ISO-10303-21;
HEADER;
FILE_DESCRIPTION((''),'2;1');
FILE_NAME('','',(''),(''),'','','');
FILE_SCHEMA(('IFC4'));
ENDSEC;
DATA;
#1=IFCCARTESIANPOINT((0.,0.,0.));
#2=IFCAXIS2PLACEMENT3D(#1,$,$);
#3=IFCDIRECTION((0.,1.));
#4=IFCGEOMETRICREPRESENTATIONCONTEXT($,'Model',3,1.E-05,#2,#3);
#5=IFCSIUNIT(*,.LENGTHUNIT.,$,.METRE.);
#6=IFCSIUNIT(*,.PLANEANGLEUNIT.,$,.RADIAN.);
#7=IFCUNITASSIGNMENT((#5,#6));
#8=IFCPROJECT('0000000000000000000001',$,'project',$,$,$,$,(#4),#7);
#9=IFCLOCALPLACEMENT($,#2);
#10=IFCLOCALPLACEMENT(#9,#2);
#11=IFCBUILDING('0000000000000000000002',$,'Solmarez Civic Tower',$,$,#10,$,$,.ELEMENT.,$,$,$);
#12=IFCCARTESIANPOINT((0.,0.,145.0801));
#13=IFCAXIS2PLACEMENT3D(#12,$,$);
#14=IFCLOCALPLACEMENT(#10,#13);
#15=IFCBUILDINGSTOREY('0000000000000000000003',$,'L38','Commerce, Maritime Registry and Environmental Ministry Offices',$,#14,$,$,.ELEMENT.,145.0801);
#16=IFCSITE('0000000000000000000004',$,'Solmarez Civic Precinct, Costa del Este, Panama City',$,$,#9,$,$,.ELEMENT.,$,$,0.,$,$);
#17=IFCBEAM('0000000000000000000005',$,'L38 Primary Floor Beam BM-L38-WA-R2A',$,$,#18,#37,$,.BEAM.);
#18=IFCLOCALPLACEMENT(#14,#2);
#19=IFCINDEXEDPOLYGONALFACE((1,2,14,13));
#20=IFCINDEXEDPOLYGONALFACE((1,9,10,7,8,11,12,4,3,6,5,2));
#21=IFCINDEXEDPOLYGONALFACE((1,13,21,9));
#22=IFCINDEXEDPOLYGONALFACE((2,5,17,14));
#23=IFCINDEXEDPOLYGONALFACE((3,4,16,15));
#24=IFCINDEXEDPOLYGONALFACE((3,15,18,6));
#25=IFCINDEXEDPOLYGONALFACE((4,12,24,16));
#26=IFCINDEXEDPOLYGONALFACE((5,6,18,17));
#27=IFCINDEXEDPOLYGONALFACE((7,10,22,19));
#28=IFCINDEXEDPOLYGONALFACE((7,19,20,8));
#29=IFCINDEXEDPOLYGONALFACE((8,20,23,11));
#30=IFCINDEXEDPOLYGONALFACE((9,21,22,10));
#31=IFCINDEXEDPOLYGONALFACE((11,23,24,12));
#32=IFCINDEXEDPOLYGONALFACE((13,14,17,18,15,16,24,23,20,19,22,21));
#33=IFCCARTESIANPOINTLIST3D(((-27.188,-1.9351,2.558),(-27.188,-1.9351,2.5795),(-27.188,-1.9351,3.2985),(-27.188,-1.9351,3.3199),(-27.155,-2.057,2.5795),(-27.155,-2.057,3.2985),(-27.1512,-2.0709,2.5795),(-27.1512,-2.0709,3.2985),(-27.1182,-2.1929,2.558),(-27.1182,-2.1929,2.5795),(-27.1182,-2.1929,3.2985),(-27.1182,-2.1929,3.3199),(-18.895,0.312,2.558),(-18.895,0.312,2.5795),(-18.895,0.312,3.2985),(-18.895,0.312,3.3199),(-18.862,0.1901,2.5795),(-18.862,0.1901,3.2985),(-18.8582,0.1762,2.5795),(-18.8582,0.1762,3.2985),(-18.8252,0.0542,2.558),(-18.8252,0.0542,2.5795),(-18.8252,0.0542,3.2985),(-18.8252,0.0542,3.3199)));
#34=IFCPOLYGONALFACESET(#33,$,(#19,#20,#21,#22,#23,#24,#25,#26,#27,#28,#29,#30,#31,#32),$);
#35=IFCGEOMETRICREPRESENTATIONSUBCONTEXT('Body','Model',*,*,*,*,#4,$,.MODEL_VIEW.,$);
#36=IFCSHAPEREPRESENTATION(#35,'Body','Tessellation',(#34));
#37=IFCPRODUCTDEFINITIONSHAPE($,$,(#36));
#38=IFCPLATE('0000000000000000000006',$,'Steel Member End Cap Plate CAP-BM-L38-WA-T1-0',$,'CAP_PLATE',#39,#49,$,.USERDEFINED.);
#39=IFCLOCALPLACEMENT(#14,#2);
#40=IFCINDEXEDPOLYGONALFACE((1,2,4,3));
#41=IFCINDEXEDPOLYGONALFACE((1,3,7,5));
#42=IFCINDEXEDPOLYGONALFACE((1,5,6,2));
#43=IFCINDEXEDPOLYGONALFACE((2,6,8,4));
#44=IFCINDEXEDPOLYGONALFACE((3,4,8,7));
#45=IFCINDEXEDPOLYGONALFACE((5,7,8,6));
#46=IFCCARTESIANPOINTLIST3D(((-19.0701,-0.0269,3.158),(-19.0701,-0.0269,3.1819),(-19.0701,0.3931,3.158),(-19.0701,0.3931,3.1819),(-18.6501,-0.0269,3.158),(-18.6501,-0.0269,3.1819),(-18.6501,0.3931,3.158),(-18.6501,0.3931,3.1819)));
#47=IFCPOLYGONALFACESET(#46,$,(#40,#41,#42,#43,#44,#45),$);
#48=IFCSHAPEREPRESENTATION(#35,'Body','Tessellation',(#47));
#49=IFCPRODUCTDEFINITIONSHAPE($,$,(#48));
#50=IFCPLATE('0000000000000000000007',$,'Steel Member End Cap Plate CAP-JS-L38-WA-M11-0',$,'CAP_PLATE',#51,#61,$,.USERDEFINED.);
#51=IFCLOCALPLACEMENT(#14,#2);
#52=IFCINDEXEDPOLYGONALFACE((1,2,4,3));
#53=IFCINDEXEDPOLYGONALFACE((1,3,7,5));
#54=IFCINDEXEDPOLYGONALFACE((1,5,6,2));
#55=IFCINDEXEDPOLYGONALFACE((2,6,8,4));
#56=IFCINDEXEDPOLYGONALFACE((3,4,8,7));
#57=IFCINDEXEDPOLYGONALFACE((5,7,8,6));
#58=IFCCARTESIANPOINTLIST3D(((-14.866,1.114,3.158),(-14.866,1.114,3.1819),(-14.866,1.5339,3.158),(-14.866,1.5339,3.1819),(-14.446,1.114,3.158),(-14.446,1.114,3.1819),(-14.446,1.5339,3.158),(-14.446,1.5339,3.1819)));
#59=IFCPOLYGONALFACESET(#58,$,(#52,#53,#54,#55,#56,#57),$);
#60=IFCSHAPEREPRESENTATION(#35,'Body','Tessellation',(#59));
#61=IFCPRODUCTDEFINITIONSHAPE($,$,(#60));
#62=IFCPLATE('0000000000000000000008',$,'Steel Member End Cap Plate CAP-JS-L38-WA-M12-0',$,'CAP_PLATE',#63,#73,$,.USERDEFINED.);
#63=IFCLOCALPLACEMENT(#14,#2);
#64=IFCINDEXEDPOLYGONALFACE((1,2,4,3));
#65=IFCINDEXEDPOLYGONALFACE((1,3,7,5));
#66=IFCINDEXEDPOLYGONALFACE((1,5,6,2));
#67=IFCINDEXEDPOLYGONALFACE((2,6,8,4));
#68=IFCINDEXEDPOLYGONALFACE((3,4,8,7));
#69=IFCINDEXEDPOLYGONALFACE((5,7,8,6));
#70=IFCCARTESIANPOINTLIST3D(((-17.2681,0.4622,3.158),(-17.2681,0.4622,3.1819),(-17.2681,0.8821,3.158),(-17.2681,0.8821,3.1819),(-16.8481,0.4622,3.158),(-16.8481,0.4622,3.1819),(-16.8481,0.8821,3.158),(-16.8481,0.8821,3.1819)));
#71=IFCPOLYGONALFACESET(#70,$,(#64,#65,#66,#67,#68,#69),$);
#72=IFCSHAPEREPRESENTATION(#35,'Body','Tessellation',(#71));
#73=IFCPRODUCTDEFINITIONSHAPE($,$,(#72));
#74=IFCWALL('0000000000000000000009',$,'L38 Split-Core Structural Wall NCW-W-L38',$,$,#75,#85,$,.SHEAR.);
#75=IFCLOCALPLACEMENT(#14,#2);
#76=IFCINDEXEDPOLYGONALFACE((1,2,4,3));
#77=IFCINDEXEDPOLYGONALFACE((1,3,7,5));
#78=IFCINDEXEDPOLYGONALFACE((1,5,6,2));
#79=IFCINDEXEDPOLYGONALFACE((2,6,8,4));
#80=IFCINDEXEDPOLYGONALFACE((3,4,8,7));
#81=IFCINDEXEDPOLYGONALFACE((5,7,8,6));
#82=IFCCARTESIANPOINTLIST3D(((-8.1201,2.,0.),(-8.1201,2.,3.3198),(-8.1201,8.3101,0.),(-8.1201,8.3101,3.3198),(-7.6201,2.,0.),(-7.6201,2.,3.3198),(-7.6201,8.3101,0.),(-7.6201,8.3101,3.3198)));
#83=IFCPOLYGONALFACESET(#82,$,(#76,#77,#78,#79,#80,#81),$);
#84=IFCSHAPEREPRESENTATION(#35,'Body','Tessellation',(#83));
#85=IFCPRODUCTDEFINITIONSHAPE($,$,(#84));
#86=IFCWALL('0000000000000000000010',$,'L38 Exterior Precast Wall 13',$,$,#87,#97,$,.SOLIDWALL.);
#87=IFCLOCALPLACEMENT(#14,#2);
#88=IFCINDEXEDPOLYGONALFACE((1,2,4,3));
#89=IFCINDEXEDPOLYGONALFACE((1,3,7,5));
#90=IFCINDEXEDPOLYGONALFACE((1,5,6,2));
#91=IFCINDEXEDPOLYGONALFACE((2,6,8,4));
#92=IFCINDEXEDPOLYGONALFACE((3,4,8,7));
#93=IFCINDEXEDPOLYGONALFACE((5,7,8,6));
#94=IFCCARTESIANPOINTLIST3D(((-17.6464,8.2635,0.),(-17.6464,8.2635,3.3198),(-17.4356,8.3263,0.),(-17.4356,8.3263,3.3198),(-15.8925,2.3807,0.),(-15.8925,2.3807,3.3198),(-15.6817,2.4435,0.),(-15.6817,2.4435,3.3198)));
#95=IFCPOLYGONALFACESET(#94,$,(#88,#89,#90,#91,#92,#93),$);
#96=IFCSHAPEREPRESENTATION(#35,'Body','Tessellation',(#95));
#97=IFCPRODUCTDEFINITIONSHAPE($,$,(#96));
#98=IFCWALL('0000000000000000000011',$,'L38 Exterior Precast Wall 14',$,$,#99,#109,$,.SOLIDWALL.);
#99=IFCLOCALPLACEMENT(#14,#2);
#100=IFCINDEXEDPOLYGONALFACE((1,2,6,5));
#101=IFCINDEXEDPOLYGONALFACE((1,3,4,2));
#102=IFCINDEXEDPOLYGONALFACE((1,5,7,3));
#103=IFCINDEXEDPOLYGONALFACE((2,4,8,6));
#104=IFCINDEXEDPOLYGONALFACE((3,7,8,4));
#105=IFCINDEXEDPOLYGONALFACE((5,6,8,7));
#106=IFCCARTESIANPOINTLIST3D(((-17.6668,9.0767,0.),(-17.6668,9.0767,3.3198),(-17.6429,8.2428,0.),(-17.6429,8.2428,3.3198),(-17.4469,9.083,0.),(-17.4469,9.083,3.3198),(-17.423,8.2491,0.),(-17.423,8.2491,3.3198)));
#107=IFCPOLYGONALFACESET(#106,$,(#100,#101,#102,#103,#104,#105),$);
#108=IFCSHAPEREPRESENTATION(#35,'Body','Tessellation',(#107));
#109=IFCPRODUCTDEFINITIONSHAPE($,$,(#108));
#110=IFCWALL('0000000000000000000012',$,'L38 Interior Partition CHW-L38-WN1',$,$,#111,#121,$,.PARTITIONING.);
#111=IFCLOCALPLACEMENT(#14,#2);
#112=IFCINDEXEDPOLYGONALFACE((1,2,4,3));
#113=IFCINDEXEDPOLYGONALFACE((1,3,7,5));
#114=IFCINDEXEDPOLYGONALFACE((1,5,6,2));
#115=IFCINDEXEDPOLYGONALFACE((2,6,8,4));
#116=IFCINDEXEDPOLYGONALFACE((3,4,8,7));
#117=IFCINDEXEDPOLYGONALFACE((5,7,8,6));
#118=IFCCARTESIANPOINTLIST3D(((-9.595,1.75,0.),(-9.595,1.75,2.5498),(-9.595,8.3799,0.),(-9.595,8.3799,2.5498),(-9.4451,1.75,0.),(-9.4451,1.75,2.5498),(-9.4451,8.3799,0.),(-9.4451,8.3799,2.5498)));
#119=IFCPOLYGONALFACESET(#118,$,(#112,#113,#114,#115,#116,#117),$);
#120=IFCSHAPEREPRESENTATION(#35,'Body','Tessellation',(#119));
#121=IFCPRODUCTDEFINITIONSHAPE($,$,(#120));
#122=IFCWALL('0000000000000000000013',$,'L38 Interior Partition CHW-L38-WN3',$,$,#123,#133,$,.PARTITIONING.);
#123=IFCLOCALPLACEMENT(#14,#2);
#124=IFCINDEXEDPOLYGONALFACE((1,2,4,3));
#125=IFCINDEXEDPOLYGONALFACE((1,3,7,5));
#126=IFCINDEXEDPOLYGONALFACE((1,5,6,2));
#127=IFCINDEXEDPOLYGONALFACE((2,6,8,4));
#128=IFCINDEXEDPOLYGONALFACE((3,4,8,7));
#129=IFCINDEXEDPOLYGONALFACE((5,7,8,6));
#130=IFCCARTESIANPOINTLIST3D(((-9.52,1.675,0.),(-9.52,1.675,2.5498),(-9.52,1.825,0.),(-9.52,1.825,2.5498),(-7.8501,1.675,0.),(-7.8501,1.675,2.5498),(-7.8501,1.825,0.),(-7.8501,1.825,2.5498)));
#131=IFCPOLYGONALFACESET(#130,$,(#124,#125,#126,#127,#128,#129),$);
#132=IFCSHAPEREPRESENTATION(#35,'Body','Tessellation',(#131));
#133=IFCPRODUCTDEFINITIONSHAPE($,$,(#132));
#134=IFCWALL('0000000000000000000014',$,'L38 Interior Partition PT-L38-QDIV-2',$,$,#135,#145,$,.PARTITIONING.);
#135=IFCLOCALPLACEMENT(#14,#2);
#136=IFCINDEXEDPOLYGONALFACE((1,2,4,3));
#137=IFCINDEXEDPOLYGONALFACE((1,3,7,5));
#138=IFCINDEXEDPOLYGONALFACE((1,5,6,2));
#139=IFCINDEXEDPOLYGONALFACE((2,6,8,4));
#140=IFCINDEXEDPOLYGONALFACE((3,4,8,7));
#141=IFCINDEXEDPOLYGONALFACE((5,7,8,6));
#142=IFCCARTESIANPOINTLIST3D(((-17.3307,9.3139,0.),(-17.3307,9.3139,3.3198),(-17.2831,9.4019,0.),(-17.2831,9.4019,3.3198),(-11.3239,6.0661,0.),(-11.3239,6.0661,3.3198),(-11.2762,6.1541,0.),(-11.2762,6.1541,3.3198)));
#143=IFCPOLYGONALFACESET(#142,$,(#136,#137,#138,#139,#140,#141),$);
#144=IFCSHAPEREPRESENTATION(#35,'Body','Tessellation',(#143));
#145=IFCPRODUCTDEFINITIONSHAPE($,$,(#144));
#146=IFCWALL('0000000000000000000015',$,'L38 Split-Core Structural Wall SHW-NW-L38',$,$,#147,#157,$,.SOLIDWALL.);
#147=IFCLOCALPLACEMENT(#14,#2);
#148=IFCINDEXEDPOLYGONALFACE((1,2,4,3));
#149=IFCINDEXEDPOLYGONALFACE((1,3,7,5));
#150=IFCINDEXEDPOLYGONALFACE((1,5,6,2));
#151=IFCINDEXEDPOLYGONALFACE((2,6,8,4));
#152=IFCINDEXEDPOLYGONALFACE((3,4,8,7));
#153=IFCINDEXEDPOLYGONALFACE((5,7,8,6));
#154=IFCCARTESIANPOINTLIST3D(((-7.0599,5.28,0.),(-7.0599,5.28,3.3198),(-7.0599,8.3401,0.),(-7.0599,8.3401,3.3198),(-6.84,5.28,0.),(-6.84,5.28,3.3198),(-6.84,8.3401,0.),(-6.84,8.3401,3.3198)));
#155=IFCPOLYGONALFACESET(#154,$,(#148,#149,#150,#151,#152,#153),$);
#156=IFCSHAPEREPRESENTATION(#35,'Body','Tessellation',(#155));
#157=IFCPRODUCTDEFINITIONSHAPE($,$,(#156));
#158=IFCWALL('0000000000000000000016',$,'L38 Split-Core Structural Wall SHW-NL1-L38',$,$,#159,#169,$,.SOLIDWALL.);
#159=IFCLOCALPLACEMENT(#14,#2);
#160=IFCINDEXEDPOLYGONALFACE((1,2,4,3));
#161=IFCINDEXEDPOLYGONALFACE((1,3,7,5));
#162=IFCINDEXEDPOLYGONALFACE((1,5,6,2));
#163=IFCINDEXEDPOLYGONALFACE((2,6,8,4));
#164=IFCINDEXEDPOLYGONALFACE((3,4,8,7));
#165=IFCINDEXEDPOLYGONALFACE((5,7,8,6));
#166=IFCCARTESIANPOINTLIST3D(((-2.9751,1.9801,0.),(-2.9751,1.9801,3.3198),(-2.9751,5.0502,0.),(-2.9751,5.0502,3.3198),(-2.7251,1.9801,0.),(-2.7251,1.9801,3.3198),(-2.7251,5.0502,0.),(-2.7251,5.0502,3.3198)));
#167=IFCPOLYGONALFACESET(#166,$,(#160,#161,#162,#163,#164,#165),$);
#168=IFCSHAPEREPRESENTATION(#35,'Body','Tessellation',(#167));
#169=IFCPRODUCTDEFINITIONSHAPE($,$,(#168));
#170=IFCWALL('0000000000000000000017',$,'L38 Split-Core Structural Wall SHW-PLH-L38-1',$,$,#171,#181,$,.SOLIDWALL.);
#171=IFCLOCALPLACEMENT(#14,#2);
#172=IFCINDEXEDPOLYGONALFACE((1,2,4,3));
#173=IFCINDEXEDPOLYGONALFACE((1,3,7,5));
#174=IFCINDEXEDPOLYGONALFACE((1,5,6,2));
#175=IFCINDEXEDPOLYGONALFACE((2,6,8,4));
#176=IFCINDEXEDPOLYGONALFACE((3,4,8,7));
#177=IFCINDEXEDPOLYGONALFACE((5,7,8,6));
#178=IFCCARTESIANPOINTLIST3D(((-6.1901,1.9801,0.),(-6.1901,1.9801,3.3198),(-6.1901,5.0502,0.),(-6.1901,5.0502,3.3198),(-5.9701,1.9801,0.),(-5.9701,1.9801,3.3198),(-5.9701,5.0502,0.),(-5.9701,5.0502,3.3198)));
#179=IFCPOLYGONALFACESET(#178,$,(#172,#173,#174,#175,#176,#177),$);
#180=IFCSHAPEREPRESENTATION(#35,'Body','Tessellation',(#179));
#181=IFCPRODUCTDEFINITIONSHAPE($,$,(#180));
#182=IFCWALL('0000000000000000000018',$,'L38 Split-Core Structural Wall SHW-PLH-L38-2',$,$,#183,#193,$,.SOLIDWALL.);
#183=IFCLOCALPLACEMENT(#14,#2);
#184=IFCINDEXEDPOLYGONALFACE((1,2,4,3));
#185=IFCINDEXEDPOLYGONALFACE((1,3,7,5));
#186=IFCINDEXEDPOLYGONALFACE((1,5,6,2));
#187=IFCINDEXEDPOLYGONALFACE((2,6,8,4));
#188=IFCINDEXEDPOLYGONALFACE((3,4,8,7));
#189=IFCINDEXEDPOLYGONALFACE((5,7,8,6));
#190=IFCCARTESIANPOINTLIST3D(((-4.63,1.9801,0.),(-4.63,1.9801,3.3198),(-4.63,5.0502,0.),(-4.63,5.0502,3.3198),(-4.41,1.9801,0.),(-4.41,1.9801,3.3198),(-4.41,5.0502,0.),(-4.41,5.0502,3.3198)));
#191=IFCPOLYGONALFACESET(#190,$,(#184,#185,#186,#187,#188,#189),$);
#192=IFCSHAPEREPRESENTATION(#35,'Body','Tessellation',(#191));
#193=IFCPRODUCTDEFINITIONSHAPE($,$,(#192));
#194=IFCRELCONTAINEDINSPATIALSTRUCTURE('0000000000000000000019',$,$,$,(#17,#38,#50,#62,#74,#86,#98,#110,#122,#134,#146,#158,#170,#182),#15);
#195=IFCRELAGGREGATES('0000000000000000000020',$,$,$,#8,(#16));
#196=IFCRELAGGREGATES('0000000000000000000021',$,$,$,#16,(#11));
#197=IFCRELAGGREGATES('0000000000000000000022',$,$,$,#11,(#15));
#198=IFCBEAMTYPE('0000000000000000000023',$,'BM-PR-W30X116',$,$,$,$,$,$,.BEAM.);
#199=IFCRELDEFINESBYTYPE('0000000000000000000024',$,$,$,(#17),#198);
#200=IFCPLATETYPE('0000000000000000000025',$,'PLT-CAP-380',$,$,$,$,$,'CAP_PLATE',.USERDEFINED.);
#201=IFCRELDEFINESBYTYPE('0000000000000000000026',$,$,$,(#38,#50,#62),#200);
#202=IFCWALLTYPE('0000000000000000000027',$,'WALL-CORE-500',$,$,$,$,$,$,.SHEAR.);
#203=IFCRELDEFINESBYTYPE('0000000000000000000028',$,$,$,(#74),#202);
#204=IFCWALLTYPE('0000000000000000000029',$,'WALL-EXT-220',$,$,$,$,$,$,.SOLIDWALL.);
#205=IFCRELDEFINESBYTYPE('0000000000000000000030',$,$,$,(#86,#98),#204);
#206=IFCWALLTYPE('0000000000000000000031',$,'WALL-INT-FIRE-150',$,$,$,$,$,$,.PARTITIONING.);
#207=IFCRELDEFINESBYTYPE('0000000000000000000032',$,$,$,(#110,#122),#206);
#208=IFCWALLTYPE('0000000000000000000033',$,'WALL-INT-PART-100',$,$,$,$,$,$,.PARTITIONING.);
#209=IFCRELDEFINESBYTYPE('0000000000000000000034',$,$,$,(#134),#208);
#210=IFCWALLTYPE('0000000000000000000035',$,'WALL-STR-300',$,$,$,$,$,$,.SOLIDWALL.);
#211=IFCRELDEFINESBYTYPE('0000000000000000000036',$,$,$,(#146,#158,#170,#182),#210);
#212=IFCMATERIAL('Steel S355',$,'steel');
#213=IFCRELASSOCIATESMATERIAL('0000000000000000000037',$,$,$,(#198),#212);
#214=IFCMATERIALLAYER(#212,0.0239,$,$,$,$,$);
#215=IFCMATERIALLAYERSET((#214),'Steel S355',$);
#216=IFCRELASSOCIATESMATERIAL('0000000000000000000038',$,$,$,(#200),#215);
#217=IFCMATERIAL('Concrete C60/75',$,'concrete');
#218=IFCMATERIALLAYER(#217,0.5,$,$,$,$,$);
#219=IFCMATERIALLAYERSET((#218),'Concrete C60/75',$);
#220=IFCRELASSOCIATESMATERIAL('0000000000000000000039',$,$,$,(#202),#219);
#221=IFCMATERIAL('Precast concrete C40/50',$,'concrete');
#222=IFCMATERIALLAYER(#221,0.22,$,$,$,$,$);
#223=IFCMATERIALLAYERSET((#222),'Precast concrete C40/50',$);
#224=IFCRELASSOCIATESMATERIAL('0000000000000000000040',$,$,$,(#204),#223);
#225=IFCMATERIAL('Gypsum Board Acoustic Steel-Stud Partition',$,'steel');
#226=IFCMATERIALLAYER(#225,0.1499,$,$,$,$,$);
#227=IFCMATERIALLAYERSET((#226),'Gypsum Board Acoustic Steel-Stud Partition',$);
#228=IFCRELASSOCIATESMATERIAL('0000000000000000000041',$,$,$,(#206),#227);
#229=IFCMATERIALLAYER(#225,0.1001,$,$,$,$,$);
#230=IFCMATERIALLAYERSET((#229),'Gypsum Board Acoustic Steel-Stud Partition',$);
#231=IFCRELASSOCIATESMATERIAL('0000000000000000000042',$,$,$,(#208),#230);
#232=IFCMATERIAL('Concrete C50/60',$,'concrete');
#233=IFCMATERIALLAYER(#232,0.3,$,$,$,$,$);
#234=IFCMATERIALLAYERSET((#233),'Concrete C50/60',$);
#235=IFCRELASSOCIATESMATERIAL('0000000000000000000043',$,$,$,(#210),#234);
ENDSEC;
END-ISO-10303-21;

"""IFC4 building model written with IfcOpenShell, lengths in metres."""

from ifc_helpers import new_model, si_unit, direction, frame, frame_2d, origin, origin_2d, place, context, subcontext, project, spatial, rectangle, i_section, extrude, material, layer, layer_set, material_profile, profile_set, type_object, element, save


model = new_model("IFC4")

# Units and contexts
model_context = context("Model", 3, precision=1e-05, world=origin(), true_north=direction((0.0, 1.0)))
body_context = subcontext(model_context, "Body", "Model", "MODEL_VIEW")
ifc_project = project(units=[si_unit("LENGTHUNIT", "METRE"), si_unit("PLANEANGLEUNIT", "RADIAN")], contexts=[model_context])

# Site, building, storey
site_placement = place(None, origin())
site = spatial("IfcSite", under=ifc_project, at=site_placement, Name="Solmarez Civic Precinct, Costa del Este, Panama City", CompositionType="ELEMENT", RefElevation=0.0)
building_placement = place(site_placement, origin())
building = spatial("IfcBuilding", under=site, at=building_placement, Name="Solmarez Civic Tower", CompositionType="ELEMENT")
storey_placement = place(building_placement, frame((0.0, 0.0, 145.0801)))
storey = spatial("IfcBuildingStorey", under=building, at=storey_placement, Name="L38", Description="Commerce, Maritime Registry and Environmental Ministry Offices", CompositionType="ELEMENT", Elevation=145.0801)

# Shared definitions
ifc_material_1 = material(Name="Concrete C50/60", Category="concrete")

# Beam
ifc_material_2 = material(Name="Steel S355", Category="steel")
ifc_material_profile_1 = material_profile(ifc_material_2, i_section(OverallWidth=0.2671, OverallDepth=0.762, WebThickness=0.0144, FlangeThickness=0.0215, at=origin_2d()), Name="W30X116")
ifc_profile_set_1 = profile_set([ifc_material_profile_1], Name="Steel S355")
beam_type_1 = type_object("IfcBeamType", Name="BM-PR-W30X116", PredefinedType="BEAM", material=ifc_profile_set_1)
beam_1_placement = place(storey_placement, frame((-18.8601, 0.1831, 2.939), z_axis=(-0.965195, -0.26153, 0.0), x_axis=(0.26153, -0.965195, 0.0)))
element("IfcBeam", 1, at=beam_1_placement, inside=storey, type_object=beam_type_1, Name="L38 Primary Floor Beam BM-L38-WA-R2A", PredefinedType="BEAM", context=body_context, shape_type="SweptSolid", body=[
    extrude(i_section(OverallWidth=0.2671, OverallDepth=0.762, WebThickness=0.0144, FlangeThickness=0.0215, at=origin_2d()), origin(), (0.0, 0.0, 1.0), 8.592),
])

# Plates
ifc_layer_1 = layer(ifc_material_2, 0.0239)
ifc_layer_set_1 = layer_set([ifc_layer_1], Name="Steel S355")
plate_type = type_object("IfcPlateType", Name="PLT-CAP-380", ElementType="CAP_PLATE", PredefinedType="USERDEFINED", material=ifc_layer_set_1)
for number, where, z_axis, x_axis, name in (
    (2, (-18.8601, 0.1831, 3.158), (0.0, 0.0, 1.0), (1.0, 0.0, 0.0), "Steel Member End Cap Plate CAP-BM-L38-WA-T1-0"),
    (3, (-14.656, 1.324, 3.158), (0.0, 0.0, 1.0), (1.0, 0.0, 0.0), "Steel Member End Cap Plate CAP-JS-L38-WA-M11-0"),
    (4, (-17.0581, 0.6721, 3.158), (0.0, 0.0, 1.0), (1.0, 0.0, 0.0), "Steel Member End Cap Plate CAP-JS-L38-WA-M12-0"),
):
    element("IfcPlate", number, at=place(storey_placement, frame(where, z_axis=z_axis, x_axis=x_axis)), inside=storey, type_object=plate_type, Name=name, ObjectType="CAP_PLATE", PredefinedType="USERDEFINED", context=body_context, shape_type="SweptSolid", body=[
        extrude(rectangle(XDim=0.4199, YDim=0.4199, at=origin_2d()), origin(), (0.0, 0.0, 1.0), 0.0239),
    ])

# Walls
ifc_material_3 = material(Name="Concrete C60/75", Category="concrete")
ifc_layer_2 = layer(ifc_material_3, 0.5)
ifc_layer_set_2 = layer_set([ifc_layer_2], Name="Concrete C60/75")
wall_type_1 = type_object("IfcWallType", Name="WALL-CORE-500", PredefinedType="SHEAR", material=ifc_layer_set_2)
wall_1_placement = place(storey_placement, frame((-7.8701, 2.0, 0.0), z_axis=(0.0, 0.0, 1.0), x_axis=(0.0, 1.0, 0.0)))
element("IfcWall", 5, at=wall_1_placement, inside=storey, type_object=wall_type_1, Name="L38 Split-Core Structural Wall NCW-W-L38", PredefinedType="SHEAR", context=body_context, shape_type="SweptSolid", body=[
    extrude(rectangle(XDim=6.3101, YDim=0.5, at=frame_2d((3.155, 0.0))), origin(), (0.0, 0.0, 1.0), 3.3198),
])
ifc_material_4 = material(Name="Precast concrete C40/50", Category="concrete")
ifc_layer_3 = layer(ifc_material_4, 0.22)
ifc_layer_set_3 = layer_set([ifc_layer_3], Name="Precast concrete C40/50")
wall_type_2 = type_object("IfcWallType", Name="WALL-EXT-220", PredefinedType="SOLIDWALL", material=ifc_layer_set_3)
wall_2_placement = place(storey_placement, frame((-15.7871, 2.4121, 0.0), z_axis=(0.0, 0.0, 1.0), x_axis=(-0.285713, 0.958315, 0.0)))
element("IfcWall", 6, at=wall_2_placement, inside=storey, type_object=wall_type_2, Name="L38 Exterior Precast Wall 13", PredefinedType="SOLIDWALL", context=body_context, shape_type="SweptSolid", body=[
    extrude(rectangle(XDim=6.1387, YDim=0.22, at=frame_2d((3.0693, 0.0))), origin(), (0.0, 0.0, 1.0), 3.3198),
])
wall_3_placement = place(storey_placement, frame((-17.533, 8.2461, 0.0), z_axis=(0.0, 0.0, 1.0), x_axis=(-0.028677, 0.999589, 0.0)))
element("IfcWall", 7, at=wall_3_placement, inside=storey, type_object=wall_type_2, Name="L38 Exterior Precast Wall 14", PredefinedType="SOLIDWALL", context=body_context, shape_type="SweptSolid", body=[
    extrude(rectangle(XDim=0.8342, YDim=0.22, at=frame_2d((0.417, 0.0))), origin(), (0.0, 0.0, 1.0), 3.3198),
])
ifc_material_5 = material(Name="Gypsum Board Acoustic Steel-Stud Partition", Category="steel")
ifc_layer_4 = layer(ifc_material_5, 0.1499)
ifc_layer_set_4 = layer_set([ifc_layer_4], Name="Gypsum Board Acoustic Steel-Stud Partition")
wall_type_3 = type_object("IfcWallType", Name="WALL-INT-FIRE-150", PredefinedType="PARTITIONING", material=ifc_layer_set_4)
wall_4_placement = place(storey_placement, frame((-9.52, 1.75, 0.0), z_axis=(0.0, 0.0, 1.0), x_axis=(0.0, 1.0, 0.0)))
element("IfcWall", 8, at=wall_4_placement, inside=storey, type_object=wall_type_3, Name="L38 Interior Partition CHW-L38-WN1", PredefinedType="PARTITIONING", context=body_context, shape_type="SweptSolid", body=[
    extrude(rectangle(XDim=6.6299, YDim=0.1499, at=frame_2d((3.3149, 0.0))), origin(), (0.0, 0.0, 1.0), 2.5498),
])
wall_5_placement = place(storey_placement, frame((-7.8501, 1.75, 0.0), z_axis=(0.0, 0.0, 1.0), x_axis=(-1.0, 0.0, 0.0)))
element("IfcWall", 9, at=wall_5_placement, inside=storey, type_object=wall_type_3, Name="L38 Interior Partition CHW-L38-WN3", PredefinedType="PARTITIONING", context=body_context, shape_type="SweptSolid", body=[
    extrude(rectangle(XDim=1.6699, YDim=0.1499, at=frame_2d((0.835, 0.0))), origin(), (0.0, 0.0, 1.0), 2.5498),
])
ifc_layer_5 = layer(ifc_material_5, 0.1001)
ifc_layer_set_5 = layer_set([ifc_layer_5], Name="Gypsum Board Acoustic Steel-Stud Partition")
wall_type_4 = type_object("IfcWallType", Name="WALL-INT-PART-100", PredefinedType="PARTITIONING", material=ifc_layer_set_5)
wall_6_placement = place(storey_placement, frame((-11.3, 6.1101, 0.0), z_axis=(0.0, 0.0, 1.0), x_axis=(-0.879654, 0.475615, 0.0)))
element("IfcWall", 10, at=wall_6_placement, inside=storey, type_object=wall_type_4, Name="L38 Interior Partition PT-L38-QDIV-2", PredefinedType="PARTITIONING", context=body_context, shape_type="SweptSolid", body=[
    extrude(rectangle(XDim=6.8286, YDim=0.1001, at=frame_2d((3.4143, 0.0))), origin(), (0.0, 0.0, 1.0), 3.3198),
])
ifc_layer_6 = layer(ifc_material_1, 0.3)
ifc_layer_set_6 = layer_set([ifc_layer_6], Name="Concrete C50/60")
wall_type_5 = type_object("IfcWallType", Name="WALL-STR-300", PredefinedType="SOLIDWALL", material=ifc_layer_set_6)
wall_7_placement = place(storey_placement, frame((-6.95, 5.28, 0.0), z_axis=(0.0, 0.0, 1.0), x_axis=(0.0, 1.0, 0.0)))
element("IfcWall", 11, at=wall_7_placement, inside=storey, type_object=wall_type_5, Name="L38 Split-Core Structural Wall SHW-NW-L38", PredefinedType="SOLIDWALL", context=body_context, shape_type="SweptSolid", body=[
    extrude(rectangle(XDim=3.0601, YDim=0.22, at=frame_2d((1.53, 0.0))), origin(), (0.0, 0.0, 1.0), 3.3198),
])
wall_8_placement = place(storey_placement, frame((-2.8501, 1.98, 0.0), z_axis=(0.0, 0.0, 1.0), x_axis=(0.0, 1.0, 0.0)))
element("IfcWall", 12, at=wall_8_placement, inside=storey, type_object=wall_type_5, Name="L38 Split-Core Structural Wall SHW-NL1-L38", PredefinedType="SOLIDWALL", context=body_context, shape_type="SweptSolid", body=[
    extrude(rectangle(XDim=3.0701, YDim=0.25, at=frame_2d((1.5352, 0.0))), origin(), (0.0, 0.0, 1.0), 3.3198),
])
for number, where, z_axis, x_axis, name in (
    (13, (-6.0801, 1.98, 0.0), (0.0, 0.0, 1.0), (0.0, 1.0, 0.0), "L38 Split-Core Structural Wall SHW-PLH-L38-1"),
    (14, (-4.52, 1.98, 0.0), (0.0, 0.0, 1.0), (0.0, 1.0, 0.0), "L38 Split-Core Structural Wall SHW-PLH-L38-2"),
):
    element("IfcWall", number, at=place(storey_placement, frame(where, z_axis=z_axis, x_axis=x_axis)), inside=storey, type_object=wall_type_5, Name=name, PredefinedType="SOLIDWALL", context=body_context, shape_type="SweptSolid", body=[
        extrude(rectangle(XDim=3.0701, YDim=0.22, at=frame_2d((1.5352, 0.0))), origin(), (0.0, 0.0, 1.0), 3.3198),
    ])

save(model, "model.ifc")
